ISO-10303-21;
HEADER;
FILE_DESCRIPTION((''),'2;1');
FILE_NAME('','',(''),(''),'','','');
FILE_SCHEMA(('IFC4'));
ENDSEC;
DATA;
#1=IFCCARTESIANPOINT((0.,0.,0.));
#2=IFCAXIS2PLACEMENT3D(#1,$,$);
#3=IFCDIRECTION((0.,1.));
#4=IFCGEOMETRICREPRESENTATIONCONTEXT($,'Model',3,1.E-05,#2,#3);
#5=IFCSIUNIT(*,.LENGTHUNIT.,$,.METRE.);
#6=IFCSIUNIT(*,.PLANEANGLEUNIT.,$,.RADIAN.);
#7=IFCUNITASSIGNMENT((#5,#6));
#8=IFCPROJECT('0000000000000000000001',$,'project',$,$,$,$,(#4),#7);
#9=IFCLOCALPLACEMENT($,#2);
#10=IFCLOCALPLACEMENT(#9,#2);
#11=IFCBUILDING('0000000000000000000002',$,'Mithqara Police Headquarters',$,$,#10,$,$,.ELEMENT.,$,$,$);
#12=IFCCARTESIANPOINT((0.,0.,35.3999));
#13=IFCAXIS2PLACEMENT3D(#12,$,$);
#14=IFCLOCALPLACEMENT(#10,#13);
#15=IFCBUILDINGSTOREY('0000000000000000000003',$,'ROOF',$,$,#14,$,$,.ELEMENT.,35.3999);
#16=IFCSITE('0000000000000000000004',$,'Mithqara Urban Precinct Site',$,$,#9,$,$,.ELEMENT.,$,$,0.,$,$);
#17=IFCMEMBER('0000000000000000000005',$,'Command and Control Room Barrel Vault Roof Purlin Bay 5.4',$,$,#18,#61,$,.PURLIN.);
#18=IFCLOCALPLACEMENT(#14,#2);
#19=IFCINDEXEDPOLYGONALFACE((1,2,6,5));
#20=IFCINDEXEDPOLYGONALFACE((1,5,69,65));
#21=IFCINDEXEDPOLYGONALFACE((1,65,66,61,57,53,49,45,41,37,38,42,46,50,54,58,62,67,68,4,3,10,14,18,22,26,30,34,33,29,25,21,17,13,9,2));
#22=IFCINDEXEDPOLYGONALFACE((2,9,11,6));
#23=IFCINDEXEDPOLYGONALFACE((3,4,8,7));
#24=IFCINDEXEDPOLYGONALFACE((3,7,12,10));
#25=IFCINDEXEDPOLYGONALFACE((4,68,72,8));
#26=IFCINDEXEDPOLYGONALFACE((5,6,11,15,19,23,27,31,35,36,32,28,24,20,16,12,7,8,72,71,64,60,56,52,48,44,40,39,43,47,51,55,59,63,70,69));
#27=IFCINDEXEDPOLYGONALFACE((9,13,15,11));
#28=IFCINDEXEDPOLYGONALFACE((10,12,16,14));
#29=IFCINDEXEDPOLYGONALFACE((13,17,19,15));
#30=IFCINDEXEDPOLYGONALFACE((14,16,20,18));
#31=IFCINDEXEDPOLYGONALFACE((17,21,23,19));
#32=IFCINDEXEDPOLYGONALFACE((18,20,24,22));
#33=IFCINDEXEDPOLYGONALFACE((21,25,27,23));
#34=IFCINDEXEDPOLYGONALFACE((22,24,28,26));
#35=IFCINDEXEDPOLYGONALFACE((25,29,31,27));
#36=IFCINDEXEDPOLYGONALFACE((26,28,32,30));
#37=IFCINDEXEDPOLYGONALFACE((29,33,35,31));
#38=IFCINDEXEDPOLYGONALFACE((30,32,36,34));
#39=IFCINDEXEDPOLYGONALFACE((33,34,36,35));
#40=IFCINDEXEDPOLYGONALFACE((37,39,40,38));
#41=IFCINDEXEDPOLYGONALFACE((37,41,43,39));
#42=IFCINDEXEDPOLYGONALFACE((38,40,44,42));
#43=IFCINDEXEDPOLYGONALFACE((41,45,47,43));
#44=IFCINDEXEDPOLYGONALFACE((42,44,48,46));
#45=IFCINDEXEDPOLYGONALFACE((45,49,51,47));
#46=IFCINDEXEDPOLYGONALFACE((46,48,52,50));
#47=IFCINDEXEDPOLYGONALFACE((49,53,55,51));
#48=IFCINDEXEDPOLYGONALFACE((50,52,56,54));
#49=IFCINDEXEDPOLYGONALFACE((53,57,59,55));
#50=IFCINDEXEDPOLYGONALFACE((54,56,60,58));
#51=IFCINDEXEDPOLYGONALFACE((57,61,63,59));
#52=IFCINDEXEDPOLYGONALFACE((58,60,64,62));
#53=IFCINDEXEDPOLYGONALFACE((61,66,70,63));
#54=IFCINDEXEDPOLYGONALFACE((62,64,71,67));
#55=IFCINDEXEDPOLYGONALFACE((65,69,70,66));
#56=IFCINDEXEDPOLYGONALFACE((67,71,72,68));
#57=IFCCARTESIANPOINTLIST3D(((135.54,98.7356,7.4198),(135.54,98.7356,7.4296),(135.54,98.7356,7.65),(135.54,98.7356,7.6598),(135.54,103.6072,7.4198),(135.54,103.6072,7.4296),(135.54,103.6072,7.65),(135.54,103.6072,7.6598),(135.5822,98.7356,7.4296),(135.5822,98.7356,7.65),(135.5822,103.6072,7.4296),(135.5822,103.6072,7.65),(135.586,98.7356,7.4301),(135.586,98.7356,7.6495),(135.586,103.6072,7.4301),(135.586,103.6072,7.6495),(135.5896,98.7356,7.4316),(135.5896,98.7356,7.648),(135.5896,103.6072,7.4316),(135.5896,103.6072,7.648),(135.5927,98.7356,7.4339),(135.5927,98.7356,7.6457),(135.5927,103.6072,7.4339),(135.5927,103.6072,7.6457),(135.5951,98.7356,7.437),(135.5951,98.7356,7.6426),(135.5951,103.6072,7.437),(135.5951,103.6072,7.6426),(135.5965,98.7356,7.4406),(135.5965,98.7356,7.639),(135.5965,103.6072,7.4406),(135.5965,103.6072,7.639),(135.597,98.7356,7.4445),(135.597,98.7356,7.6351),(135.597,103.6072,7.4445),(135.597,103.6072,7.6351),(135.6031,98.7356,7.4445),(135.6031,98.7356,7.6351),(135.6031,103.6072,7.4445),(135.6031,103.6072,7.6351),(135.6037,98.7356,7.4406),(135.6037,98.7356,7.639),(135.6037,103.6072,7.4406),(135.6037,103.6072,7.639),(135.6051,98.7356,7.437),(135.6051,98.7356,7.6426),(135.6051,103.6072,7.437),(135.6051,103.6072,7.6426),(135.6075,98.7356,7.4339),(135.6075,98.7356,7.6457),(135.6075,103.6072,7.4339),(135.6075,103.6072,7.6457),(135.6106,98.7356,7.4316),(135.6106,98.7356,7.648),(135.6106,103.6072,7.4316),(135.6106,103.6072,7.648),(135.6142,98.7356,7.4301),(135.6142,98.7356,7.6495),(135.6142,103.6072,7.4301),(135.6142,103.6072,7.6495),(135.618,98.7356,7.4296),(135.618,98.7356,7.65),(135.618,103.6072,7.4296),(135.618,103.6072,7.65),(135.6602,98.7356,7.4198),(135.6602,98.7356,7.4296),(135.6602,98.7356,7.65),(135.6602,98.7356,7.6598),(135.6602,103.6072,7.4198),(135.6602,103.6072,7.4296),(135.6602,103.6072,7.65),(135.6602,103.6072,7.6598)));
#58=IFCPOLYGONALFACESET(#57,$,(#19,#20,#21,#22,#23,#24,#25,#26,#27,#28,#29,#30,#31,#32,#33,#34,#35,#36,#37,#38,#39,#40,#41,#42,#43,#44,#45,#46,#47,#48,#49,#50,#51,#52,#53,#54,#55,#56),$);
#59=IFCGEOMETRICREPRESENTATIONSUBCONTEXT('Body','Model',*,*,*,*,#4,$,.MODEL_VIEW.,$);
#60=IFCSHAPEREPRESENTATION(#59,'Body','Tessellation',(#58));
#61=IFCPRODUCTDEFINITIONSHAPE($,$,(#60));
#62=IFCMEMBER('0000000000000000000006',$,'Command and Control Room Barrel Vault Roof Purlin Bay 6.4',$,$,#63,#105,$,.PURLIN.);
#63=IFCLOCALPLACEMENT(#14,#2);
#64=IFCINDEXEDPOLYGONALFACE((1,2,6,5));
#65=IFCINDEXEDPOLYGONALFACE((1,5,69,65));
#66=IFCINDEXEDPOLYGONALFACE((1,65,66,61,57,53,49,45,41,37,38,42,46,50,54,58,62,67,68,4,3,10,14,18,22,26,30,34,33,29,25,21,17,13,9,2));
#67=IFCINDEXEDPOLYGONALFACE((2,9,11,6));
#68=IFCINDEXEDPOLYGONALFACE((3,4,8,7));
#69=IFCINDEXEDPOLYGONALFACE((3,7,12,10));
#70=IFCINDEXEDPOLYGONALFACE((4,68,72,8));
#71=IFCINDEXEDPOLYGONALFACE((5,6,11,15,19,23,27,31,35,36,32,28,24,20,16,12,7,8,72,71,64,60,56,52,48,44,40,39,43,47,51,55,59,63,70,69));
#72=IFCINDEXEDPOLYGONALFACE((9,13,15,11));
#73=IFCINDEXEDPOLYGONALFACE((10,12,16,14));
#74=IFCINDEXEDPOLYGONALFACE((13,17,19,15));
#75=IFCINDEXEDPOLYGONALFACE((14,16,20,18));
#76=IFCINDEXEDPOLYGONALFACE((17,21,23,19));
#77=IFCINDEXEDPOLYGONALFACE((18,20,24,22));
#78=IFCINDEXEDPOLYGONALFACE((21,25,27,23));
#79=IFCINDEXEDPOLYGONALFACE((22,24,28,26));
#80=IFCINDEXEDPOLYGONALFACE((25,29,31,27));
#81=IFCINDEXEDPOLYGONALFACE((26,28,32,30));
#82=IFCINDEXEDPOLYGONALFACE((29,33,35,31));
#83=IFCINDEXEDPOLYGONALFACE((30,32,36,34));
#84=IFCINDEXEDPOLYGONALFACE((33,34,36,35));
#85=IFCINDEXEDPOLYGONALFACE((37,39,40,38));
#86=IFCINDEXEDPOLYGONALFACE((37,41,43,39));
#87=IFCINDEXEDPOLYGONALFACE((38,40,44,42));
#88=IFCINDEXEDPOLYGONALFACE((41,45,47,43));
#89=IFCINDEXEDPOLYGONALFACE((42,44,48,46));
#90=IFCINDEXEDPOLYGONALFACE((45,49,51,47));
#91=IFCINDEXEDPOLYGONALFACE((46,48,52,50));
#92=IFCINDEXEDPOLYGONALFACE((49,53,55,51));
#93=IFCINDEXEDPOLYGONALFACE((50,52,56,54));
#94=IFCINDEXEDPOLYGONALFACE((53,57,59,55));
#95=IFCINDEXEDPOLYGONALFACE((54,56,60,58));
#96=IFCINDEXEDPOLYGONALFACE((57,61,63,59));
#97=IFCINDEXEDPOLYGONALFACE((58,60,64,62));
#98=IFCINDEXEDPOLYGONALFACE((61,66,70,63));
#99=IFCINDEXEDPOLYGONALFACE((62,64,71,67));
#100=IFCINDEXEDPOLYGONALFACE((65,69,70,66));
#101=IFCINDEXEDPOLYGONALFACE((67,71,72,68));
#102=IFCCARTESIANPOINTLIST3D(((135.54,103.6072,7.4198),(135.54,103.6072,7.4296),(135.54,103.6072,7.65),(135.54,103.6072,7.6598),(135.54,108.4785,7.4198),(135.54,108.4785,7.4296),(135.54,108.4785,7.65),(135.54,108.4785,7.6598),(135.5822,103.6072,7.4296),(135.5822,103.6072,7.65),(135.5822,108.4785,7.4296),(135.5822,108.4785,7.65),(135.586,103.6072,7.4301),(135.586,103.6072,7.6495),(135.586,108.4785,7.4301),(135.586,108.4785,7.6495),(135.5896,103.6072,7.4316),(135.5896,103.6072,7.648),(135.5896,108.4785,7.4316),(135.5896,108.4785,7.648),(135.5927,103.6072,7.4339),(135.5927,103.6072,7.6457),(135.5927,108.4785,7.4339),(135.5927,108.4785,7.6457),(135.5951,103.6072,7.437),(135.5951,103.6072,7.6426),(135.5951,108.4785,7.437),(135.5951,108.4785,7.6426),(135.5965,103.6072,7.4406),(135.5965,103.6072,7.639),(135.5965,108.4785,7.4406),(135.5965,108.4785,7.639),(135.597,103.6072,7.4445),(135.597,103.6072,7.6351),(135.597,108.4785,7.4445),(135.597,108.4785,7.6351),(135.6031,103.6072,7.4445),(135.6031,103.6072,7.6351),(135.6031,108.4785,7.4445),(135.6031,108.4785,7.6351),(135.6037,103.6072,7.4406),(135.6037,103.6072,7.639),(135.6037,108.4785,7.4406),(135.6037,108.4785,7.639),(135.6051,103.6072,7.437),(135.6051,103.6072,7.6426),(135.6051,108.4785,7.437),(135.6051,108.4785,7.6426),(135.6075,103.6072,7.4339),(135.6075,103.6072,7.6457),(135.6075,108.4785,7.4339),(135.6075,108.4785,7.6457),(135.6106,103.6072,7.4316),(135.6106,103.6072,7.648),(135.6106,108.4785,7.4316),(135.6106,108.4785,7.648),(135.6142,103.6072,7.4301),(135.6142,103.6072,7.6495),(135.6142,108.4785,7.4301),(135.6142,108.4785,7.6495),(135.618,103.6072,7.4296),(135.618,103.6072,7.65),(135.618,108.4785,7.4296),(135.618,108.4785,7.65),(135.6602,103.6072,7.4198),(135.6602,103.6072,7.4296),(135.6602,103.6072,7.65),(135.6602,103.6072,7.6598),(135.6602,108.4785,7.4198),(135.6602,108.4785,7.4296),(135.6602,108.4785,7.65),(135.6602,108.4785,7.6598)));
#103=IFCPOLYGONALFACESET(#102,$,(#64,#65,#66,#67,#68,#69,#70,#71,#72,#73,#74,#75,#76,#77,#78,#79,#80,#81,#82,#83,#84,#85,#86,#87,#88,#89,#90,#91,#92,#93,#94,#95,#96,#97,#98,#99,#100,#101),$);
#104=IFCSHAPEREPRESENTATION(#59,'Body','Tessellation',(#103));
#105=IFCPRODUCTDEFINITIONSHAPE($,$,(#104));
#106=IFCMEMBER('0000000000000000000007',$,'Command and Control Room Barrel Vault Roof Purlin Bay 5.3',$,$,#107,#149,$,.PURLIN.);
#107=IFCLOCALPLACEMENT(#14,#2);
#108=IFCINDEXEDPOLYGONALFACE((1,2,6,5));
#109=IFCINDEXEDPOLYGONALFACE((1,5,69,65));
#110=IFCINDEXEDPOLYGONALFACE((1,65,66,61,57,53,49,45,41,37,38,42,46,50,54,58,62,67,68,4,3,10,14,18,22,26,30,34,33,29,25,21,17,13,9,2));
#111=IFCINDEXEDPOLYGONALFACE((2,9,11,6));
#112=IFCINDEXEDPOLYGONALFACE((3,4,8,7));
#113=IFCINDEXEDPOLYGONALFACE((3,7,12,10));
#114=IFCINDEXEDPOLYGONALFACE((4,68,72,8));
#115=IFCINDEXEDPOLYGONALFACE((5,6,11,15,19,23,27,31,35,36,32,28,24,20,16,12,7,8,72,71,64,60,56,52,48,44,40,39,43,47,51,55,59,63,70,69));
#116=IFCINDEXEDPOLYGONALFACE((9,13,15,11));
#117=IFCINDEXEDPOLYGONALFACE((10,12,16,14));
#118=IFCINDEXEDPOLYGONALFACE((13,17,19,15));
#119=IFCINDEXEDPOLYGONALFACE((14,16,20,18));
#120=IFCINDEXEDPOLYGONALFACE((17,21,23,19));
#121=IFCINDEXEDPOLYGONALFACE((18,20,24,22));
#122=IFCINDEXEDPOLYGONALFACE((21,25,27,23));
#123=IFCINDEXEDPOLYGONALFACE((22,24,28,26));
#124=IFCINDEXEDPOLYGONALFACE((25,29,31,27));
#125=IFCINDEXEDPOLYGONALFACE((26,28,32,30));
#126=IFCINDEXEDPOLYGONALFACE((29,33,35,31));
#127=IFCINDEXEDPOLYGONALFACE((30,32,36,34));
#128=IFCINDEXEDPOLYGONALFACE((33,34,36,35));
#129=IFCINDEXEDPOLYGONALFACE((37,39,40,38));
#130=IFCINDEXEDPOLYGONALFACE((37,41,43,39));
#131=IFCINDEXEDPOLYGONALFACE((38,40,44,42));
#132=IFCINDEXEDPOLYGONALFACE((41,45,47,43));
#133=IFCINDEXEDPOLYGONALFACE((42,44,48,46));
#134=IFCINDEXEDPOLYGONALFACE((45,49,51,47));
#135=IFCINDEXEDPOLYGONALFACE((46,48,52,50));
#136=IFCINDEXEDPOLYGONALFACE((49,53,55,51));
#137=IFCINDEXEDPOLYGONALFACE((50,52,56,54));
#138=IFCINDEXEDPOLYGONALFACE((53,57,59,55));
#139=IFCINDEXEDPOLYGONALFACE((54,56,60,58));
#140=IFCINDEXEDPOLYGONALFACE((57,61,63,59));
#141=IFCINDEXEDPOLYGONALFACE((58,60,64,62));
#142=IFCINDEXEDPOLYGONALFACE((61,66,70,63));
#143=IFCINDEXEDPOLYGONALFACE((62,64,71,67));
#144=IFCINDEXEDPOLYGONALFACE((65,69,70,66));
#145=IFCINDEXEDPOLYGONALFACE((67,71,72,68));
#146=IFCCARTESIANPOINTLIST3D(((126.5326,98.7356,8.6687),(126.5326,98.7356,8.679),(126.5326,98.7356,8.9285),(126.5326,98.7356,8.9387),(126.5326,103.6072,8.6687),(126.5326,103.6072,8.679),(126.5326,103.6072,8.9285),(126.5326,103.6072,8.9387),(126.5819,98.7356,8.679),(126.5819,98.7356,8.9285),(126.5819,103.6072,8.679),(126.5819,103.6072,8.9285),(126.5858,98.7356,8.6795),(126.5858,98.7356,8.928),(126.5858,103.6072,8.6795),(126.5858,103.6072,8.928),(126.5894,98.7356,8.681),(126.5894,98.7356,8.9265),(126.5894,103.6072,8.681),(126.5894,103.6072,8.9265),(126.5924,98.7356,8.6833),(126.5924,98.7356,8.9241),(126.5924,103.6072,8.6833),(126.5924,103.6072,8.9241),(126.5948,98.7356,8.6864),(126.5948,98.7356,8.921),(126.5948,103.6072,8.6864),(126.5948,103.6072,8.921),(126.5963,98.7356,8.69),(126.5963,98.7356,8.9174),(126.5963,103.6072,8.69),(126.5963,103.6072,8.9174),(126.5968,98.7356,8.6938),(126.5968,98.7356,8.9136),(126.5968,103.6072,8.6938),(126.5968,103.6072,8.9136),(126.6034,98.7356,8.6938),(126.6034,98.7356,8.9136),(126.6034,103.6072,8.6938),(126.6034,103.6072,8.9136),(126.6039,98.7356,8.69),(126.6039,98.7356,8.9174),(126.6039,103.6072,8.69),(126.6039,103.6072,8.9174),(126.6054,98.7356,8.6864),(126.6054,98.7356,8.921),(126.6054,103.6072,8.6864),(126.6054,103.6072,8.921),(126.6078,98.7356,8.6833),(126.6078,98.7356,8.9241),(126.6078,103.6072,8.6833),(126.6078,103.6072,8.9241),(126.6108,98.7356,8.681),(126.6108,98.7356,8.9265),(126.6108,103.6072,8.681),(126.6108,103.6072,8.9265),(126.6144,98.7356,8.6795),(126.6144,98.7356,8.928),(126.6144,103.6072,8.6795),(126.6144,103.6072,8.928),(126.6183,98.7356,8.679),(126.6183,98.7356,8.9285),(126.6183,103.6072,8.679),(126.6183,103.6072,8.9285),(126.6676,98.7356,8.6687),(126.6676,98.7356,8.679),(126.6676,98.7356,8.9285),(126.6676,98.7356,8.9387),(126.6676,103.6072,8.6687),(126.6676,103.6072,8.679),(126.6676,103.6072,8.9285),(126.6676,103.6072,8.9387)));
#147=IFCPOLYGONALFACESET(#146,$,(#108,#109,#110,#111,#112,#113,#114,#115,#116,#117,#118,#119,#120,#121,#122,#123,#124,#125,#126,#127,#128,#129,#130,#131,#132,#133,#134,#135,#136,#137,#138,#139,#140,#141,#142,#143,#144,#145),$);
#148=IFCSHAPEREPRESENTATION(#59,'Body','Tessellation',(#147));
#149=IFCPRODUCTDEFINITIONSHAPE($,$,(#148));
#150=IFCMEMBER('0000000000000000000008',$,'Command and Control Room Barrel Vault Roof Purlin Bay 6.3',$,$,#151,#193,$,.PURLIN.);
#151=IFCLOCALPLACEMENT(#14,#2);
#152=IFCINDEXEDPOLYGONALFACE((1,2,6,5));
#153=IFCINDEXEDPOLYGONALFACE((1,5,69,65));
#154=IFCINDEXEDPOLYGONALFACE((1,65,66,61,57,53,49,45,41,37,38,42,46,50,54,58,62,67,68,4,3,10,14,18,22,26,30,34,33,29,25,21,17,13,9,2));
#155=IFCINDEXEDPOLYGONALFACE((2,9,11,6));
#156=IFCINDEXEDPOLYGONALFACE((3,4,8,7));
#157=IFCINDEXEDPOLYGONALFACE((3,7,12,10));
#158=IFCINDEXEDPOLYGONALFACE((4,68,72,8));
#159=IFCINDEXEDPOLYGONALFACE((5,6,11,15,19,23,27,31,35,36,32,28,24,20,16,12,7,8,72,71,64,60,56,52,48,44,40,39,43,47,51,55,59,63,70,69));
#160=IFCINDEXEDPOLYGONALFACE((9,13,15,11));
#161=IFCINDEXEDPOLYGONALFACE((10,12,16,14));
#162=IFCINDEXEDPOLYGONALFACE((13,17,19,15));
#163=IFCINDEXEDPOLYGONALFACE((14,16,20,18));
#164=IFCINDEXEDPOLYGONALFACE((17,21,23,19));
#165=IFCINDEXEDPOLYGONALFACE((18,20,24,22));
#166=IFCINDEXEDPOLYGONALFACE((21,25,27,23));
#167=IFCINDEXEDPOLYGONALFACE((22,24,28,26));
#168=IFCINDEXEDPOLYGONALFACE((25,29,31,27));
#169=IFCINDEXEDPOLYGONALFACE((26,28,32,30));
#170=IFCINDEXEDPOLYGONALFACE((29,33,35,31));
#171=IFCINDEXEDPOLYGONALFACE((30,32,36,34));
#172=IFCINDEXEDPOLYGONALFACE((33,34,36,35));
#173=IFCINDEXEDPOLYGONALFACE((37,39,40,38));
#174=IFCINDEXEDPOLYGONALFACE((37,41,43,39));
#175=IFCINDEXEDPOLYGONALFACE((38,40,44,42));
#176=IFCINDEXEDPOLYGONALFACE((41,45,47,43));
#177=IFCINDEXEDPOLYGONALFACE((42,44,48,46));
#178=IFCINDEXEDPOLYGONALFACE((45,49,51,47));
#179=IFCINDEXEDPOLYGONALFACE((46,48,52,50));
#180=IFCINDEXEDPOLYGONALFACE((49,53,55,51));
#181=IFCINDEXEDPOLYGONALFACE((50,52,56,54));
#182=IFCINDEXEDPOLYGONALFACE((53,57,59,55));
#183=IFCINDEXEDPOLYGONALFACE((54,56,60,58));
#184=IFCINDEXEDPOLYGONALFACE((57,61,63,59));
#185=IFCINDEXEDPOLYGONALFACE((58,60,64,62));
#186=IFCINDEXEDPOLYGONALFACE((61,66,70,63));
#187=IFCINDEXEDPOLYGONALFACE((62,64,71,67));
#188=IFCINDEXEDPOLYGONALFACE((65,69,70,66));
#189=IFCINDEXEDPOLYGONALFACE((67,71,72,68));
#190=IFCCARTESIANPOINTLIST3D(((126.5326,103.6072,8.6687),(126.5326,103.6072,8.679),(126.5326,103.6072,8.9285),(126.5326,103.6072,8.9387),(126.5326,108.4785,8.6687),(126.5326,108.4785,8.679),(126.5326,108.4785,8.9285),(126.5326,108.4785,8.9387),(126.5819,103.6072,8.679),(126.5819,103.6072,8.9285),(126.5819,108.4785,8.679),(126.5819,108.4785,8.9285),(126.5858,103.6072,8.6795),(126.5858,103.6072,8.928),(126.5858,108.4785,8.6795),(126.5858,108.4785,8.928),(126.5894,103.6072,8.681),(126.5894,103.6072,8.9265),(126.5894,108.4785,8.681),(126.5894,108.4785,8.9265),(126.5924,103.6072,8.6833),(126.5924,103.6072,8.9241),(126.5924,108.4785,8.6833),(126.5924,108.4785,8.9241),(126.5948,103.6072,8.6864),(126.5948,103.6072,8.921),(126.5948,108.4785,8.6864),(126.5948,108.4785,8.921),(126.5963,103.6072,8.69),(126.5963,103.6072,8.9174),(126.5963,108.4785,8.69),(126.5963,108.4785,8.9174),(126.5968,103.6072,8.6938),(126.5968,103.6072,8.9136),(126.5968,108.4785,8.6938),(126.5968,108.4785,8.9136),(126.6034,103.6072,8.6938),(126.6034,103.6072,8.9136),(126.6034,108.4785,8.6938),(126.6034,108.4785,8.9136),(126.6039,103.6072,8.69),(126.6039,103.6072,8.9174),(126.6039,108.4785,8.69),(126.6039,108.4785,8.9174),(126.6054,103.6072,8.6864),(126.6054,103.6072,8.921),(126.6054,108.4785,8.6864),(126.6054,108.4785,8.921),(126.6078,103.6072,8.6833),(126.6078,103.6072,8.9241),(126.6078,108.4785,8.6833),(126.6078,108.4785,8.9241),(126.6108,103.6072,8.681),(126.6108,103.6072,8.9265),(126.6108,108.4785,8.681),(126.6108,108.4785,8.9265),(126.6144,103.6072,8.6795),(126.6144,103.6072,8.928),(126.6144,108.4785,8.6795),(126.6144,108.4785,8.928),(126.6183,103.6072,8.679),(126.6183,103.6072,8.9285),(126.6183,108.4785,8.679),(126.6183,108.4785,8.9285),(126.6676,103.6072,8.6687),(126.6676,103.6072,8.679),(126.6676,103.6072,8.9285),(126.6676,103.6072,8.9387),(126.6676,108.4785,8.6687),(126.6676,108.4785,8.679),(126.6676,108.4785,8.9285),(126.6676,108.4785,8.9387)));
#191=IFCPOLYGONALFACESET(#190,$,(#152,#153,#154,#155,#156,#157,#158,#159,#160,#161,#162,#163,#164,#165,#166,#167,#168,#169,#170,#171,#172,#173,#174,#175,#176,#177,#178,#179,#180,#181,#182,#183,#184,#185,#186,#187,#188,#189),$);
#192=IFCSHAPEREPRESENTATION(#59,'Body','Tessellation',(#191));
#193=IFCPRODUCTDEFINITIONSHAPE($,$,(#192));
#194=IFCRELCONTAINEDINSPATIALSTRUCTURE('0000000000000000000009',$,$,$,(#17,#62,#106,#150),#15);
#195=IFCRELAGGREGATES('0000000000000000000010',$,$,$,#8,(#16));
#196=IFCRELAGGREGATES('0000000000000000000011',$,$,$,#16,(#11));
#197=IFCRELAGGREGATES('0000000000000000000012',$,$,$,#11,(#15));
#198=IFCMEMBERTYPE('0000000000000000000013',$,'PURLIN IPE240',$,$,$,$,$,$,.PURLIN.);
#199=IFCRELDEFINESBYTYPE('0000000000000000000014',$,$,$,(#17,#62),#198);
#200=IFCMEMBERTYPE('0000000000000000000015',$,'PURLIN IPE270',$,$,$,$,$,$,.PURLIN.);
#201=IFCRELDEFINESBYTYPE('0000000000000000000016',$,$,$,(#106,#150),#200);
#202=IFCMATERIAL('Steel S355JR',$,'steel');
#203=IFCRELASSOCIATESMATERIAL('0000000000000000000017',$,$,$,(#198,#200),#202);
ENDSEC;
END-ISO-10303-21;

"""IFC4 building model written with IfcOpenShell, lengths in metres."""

from ifc_helpers import new_model, si_unit, direction, frame, origin, origin_2d, place, context, subcontext, project, spatial, i_section, extrude, material, material_profile, profile_set, type_object, element, save


model = new_model("IFC4")

# Units and contexts
model_context = context("Model", 3, precision=1e-05, world=origin(), true_north=direction((0.0, 1.0)))
body_context = subcontext(model_context, "Body", "Model", "MODEL_VIEW")
ifc_project = project(units=[si_unit("LENGTHUNIT", "METRE"), si_unit("PLANEANGLEUNIT", "RADIAN")], contexts=[model_context])

# Site, building, storey
site_placement = place(None, origin())
site = spatial("IfcSite", under=ifc_project, at=site_placement, Name="Mithqara Urban Precinct Site", CompositionType="ELEMENT", RefElevation=0.0)
building_placement = place(site_placement, origin())
building = spatial("IfcBuilding", under=site, at=building_placement, Name="Mithqara Police Headquarters", CompositionType="ELEMENT")
storey_placement = place(building_placement, frame((0.0, 0.0, 35.3999)))
storey = spatial("IfcBuildingStorey", under=building, at=storey_placement, Name="ROOF", CompositionType="ELEMENT", Elevation=35.3999)

# Members
ifc_material_1 = material(Name="Steel S355JR", Category="steel")
ifc_material_profile_1 = material_profile(ifc_material_1, i_section(OverallWidth=0.1201, OverallDepth=0.24, WebThickness=0.0061, FlangeThickness=0.0098, FilletRadius=0.0149, at=origin_2d()), Name="IPE 240")
ifc_profile_set_1 = profile_set([ifc_material_profile_1], Name="Steel S355JR")
member_type_1 = type_object("IfcMemberType", Name="PURLIN IPE240", PredefinedType="PURLIN", material=ifc_profile_set_1)
member_1_placement = place(storey_placement, frame((135.6001, 98.7356, 7.5398), z_axis=(0.0, 1.0, 0.0), x_axis=(-1.0, 0.0, 0.0)))
element("IfcMember", 1, at=member_1_placement, inside=storey, type_object=member_type_1, Name="Command and Control Room Barrel Vault Roof Purlin Bay 5.4", PredefinedType="PURLIN", context=body_context, shape_type="SweptSolid", body=[
    extrude(i_section(OverallWidth=0.1201, OverallDepth=0.24, WebThickness=0.0061, FlangeThickness=0.0098, FilletRadius=0.0149, at=origin_2d()), origin(), (0.0, 0.0, 1.0), 4.8716),
])
member_2_placement = place(storey_placement, frame((135.6001, 103.6072, 7.5398), z_axis=(0.0, 1.0, 0.0), x_axis=(-1.0, 0.0, 0.0)))
element("IfcMember", 2, at=member_2_placement, inside=storey, type_object=member_type_1, Name="Command and Control Room Barrel Vault Roof Purlin Bay 6.4", PredefinedType="PURLIN", context=body_context, shape_type="SweptSolid", body=[
    extrude(i_section(OverallWidth=0.1201, OverallDepth=0.24, WebThickness=0.0061, FlangeThickness=0.0098, FilletRadius=0.0149, at=origin_2d()), origin(), (0.0, 0.0, 1.0), 4.8713),
])
ifc_material_profile_2 = material_profile(ifc_material_1, i_section(OverallWidth=0.135, OverallDepth=0.27, WebThickness=0.0066, FlangeThickness=0.0103, FilletRadius=0.0149, at=origin_2d()), Name="IPE 270")
ifc_profile_set_2 = profile_set([ifc_material_profile_2], Name="Steel S355JR")
member_type_2 = type_object("IfcMemberType", Name="PURLIN IPE270", PredefinedType="PURLIN", material=ifc_profile_set_2)
member_3_placement = place(storey_placement, frame((126.6001, 98.7356, 8.8037), z_axis=(0.0, 1.0, 0.0), x_axis=(-1.0, 0.0, 0.0)))
element("IfcMember", 3, at=member_3_placement, inside=storey, type_object=member_type_2, Name="Command and Control Room Barrel Vault Roof Purlin Bay 5.3", PredefinedType="PURLIN", context=body_context, shape_type="SweptSolid", body=[
    extrude(i_section(OverallWidth=0.135, OverallDepth=0.27, WebThickness=0.0066, FlangeThickness=0.0103, FilletRadius=0.0149, at=origin_2d()), origin(), (0.0, 0.0, 1.0), 4.8716),
])
member_4_placement = place(storey_placement, frame((126.6001, 103.6072, 8.8037), z_axis=(0.0, 1.0, 0.0), x_axis=(-1.0, 0.0, 0.0)))
element("IfcMember", 4, at=member_4_placement, inside=storey, type_object=member_type_2, Name="Command and Control Room Barrel Vault Roof Purlin Bay 6.3", PredefinedType="PURLIN", context=body_context, shape_type="SweptSolid", body=[
    extrude(i_section(OverallWidth=0.135, OverallDepth=0.27, WebThickness=0.0066, FlangeThickness=0.0103, FilletRadius=0.0149, at=origin_2d()), origin(), (0.0, 0.0, 1.0), 4.8713),
])

save(model, "model.ifc")
